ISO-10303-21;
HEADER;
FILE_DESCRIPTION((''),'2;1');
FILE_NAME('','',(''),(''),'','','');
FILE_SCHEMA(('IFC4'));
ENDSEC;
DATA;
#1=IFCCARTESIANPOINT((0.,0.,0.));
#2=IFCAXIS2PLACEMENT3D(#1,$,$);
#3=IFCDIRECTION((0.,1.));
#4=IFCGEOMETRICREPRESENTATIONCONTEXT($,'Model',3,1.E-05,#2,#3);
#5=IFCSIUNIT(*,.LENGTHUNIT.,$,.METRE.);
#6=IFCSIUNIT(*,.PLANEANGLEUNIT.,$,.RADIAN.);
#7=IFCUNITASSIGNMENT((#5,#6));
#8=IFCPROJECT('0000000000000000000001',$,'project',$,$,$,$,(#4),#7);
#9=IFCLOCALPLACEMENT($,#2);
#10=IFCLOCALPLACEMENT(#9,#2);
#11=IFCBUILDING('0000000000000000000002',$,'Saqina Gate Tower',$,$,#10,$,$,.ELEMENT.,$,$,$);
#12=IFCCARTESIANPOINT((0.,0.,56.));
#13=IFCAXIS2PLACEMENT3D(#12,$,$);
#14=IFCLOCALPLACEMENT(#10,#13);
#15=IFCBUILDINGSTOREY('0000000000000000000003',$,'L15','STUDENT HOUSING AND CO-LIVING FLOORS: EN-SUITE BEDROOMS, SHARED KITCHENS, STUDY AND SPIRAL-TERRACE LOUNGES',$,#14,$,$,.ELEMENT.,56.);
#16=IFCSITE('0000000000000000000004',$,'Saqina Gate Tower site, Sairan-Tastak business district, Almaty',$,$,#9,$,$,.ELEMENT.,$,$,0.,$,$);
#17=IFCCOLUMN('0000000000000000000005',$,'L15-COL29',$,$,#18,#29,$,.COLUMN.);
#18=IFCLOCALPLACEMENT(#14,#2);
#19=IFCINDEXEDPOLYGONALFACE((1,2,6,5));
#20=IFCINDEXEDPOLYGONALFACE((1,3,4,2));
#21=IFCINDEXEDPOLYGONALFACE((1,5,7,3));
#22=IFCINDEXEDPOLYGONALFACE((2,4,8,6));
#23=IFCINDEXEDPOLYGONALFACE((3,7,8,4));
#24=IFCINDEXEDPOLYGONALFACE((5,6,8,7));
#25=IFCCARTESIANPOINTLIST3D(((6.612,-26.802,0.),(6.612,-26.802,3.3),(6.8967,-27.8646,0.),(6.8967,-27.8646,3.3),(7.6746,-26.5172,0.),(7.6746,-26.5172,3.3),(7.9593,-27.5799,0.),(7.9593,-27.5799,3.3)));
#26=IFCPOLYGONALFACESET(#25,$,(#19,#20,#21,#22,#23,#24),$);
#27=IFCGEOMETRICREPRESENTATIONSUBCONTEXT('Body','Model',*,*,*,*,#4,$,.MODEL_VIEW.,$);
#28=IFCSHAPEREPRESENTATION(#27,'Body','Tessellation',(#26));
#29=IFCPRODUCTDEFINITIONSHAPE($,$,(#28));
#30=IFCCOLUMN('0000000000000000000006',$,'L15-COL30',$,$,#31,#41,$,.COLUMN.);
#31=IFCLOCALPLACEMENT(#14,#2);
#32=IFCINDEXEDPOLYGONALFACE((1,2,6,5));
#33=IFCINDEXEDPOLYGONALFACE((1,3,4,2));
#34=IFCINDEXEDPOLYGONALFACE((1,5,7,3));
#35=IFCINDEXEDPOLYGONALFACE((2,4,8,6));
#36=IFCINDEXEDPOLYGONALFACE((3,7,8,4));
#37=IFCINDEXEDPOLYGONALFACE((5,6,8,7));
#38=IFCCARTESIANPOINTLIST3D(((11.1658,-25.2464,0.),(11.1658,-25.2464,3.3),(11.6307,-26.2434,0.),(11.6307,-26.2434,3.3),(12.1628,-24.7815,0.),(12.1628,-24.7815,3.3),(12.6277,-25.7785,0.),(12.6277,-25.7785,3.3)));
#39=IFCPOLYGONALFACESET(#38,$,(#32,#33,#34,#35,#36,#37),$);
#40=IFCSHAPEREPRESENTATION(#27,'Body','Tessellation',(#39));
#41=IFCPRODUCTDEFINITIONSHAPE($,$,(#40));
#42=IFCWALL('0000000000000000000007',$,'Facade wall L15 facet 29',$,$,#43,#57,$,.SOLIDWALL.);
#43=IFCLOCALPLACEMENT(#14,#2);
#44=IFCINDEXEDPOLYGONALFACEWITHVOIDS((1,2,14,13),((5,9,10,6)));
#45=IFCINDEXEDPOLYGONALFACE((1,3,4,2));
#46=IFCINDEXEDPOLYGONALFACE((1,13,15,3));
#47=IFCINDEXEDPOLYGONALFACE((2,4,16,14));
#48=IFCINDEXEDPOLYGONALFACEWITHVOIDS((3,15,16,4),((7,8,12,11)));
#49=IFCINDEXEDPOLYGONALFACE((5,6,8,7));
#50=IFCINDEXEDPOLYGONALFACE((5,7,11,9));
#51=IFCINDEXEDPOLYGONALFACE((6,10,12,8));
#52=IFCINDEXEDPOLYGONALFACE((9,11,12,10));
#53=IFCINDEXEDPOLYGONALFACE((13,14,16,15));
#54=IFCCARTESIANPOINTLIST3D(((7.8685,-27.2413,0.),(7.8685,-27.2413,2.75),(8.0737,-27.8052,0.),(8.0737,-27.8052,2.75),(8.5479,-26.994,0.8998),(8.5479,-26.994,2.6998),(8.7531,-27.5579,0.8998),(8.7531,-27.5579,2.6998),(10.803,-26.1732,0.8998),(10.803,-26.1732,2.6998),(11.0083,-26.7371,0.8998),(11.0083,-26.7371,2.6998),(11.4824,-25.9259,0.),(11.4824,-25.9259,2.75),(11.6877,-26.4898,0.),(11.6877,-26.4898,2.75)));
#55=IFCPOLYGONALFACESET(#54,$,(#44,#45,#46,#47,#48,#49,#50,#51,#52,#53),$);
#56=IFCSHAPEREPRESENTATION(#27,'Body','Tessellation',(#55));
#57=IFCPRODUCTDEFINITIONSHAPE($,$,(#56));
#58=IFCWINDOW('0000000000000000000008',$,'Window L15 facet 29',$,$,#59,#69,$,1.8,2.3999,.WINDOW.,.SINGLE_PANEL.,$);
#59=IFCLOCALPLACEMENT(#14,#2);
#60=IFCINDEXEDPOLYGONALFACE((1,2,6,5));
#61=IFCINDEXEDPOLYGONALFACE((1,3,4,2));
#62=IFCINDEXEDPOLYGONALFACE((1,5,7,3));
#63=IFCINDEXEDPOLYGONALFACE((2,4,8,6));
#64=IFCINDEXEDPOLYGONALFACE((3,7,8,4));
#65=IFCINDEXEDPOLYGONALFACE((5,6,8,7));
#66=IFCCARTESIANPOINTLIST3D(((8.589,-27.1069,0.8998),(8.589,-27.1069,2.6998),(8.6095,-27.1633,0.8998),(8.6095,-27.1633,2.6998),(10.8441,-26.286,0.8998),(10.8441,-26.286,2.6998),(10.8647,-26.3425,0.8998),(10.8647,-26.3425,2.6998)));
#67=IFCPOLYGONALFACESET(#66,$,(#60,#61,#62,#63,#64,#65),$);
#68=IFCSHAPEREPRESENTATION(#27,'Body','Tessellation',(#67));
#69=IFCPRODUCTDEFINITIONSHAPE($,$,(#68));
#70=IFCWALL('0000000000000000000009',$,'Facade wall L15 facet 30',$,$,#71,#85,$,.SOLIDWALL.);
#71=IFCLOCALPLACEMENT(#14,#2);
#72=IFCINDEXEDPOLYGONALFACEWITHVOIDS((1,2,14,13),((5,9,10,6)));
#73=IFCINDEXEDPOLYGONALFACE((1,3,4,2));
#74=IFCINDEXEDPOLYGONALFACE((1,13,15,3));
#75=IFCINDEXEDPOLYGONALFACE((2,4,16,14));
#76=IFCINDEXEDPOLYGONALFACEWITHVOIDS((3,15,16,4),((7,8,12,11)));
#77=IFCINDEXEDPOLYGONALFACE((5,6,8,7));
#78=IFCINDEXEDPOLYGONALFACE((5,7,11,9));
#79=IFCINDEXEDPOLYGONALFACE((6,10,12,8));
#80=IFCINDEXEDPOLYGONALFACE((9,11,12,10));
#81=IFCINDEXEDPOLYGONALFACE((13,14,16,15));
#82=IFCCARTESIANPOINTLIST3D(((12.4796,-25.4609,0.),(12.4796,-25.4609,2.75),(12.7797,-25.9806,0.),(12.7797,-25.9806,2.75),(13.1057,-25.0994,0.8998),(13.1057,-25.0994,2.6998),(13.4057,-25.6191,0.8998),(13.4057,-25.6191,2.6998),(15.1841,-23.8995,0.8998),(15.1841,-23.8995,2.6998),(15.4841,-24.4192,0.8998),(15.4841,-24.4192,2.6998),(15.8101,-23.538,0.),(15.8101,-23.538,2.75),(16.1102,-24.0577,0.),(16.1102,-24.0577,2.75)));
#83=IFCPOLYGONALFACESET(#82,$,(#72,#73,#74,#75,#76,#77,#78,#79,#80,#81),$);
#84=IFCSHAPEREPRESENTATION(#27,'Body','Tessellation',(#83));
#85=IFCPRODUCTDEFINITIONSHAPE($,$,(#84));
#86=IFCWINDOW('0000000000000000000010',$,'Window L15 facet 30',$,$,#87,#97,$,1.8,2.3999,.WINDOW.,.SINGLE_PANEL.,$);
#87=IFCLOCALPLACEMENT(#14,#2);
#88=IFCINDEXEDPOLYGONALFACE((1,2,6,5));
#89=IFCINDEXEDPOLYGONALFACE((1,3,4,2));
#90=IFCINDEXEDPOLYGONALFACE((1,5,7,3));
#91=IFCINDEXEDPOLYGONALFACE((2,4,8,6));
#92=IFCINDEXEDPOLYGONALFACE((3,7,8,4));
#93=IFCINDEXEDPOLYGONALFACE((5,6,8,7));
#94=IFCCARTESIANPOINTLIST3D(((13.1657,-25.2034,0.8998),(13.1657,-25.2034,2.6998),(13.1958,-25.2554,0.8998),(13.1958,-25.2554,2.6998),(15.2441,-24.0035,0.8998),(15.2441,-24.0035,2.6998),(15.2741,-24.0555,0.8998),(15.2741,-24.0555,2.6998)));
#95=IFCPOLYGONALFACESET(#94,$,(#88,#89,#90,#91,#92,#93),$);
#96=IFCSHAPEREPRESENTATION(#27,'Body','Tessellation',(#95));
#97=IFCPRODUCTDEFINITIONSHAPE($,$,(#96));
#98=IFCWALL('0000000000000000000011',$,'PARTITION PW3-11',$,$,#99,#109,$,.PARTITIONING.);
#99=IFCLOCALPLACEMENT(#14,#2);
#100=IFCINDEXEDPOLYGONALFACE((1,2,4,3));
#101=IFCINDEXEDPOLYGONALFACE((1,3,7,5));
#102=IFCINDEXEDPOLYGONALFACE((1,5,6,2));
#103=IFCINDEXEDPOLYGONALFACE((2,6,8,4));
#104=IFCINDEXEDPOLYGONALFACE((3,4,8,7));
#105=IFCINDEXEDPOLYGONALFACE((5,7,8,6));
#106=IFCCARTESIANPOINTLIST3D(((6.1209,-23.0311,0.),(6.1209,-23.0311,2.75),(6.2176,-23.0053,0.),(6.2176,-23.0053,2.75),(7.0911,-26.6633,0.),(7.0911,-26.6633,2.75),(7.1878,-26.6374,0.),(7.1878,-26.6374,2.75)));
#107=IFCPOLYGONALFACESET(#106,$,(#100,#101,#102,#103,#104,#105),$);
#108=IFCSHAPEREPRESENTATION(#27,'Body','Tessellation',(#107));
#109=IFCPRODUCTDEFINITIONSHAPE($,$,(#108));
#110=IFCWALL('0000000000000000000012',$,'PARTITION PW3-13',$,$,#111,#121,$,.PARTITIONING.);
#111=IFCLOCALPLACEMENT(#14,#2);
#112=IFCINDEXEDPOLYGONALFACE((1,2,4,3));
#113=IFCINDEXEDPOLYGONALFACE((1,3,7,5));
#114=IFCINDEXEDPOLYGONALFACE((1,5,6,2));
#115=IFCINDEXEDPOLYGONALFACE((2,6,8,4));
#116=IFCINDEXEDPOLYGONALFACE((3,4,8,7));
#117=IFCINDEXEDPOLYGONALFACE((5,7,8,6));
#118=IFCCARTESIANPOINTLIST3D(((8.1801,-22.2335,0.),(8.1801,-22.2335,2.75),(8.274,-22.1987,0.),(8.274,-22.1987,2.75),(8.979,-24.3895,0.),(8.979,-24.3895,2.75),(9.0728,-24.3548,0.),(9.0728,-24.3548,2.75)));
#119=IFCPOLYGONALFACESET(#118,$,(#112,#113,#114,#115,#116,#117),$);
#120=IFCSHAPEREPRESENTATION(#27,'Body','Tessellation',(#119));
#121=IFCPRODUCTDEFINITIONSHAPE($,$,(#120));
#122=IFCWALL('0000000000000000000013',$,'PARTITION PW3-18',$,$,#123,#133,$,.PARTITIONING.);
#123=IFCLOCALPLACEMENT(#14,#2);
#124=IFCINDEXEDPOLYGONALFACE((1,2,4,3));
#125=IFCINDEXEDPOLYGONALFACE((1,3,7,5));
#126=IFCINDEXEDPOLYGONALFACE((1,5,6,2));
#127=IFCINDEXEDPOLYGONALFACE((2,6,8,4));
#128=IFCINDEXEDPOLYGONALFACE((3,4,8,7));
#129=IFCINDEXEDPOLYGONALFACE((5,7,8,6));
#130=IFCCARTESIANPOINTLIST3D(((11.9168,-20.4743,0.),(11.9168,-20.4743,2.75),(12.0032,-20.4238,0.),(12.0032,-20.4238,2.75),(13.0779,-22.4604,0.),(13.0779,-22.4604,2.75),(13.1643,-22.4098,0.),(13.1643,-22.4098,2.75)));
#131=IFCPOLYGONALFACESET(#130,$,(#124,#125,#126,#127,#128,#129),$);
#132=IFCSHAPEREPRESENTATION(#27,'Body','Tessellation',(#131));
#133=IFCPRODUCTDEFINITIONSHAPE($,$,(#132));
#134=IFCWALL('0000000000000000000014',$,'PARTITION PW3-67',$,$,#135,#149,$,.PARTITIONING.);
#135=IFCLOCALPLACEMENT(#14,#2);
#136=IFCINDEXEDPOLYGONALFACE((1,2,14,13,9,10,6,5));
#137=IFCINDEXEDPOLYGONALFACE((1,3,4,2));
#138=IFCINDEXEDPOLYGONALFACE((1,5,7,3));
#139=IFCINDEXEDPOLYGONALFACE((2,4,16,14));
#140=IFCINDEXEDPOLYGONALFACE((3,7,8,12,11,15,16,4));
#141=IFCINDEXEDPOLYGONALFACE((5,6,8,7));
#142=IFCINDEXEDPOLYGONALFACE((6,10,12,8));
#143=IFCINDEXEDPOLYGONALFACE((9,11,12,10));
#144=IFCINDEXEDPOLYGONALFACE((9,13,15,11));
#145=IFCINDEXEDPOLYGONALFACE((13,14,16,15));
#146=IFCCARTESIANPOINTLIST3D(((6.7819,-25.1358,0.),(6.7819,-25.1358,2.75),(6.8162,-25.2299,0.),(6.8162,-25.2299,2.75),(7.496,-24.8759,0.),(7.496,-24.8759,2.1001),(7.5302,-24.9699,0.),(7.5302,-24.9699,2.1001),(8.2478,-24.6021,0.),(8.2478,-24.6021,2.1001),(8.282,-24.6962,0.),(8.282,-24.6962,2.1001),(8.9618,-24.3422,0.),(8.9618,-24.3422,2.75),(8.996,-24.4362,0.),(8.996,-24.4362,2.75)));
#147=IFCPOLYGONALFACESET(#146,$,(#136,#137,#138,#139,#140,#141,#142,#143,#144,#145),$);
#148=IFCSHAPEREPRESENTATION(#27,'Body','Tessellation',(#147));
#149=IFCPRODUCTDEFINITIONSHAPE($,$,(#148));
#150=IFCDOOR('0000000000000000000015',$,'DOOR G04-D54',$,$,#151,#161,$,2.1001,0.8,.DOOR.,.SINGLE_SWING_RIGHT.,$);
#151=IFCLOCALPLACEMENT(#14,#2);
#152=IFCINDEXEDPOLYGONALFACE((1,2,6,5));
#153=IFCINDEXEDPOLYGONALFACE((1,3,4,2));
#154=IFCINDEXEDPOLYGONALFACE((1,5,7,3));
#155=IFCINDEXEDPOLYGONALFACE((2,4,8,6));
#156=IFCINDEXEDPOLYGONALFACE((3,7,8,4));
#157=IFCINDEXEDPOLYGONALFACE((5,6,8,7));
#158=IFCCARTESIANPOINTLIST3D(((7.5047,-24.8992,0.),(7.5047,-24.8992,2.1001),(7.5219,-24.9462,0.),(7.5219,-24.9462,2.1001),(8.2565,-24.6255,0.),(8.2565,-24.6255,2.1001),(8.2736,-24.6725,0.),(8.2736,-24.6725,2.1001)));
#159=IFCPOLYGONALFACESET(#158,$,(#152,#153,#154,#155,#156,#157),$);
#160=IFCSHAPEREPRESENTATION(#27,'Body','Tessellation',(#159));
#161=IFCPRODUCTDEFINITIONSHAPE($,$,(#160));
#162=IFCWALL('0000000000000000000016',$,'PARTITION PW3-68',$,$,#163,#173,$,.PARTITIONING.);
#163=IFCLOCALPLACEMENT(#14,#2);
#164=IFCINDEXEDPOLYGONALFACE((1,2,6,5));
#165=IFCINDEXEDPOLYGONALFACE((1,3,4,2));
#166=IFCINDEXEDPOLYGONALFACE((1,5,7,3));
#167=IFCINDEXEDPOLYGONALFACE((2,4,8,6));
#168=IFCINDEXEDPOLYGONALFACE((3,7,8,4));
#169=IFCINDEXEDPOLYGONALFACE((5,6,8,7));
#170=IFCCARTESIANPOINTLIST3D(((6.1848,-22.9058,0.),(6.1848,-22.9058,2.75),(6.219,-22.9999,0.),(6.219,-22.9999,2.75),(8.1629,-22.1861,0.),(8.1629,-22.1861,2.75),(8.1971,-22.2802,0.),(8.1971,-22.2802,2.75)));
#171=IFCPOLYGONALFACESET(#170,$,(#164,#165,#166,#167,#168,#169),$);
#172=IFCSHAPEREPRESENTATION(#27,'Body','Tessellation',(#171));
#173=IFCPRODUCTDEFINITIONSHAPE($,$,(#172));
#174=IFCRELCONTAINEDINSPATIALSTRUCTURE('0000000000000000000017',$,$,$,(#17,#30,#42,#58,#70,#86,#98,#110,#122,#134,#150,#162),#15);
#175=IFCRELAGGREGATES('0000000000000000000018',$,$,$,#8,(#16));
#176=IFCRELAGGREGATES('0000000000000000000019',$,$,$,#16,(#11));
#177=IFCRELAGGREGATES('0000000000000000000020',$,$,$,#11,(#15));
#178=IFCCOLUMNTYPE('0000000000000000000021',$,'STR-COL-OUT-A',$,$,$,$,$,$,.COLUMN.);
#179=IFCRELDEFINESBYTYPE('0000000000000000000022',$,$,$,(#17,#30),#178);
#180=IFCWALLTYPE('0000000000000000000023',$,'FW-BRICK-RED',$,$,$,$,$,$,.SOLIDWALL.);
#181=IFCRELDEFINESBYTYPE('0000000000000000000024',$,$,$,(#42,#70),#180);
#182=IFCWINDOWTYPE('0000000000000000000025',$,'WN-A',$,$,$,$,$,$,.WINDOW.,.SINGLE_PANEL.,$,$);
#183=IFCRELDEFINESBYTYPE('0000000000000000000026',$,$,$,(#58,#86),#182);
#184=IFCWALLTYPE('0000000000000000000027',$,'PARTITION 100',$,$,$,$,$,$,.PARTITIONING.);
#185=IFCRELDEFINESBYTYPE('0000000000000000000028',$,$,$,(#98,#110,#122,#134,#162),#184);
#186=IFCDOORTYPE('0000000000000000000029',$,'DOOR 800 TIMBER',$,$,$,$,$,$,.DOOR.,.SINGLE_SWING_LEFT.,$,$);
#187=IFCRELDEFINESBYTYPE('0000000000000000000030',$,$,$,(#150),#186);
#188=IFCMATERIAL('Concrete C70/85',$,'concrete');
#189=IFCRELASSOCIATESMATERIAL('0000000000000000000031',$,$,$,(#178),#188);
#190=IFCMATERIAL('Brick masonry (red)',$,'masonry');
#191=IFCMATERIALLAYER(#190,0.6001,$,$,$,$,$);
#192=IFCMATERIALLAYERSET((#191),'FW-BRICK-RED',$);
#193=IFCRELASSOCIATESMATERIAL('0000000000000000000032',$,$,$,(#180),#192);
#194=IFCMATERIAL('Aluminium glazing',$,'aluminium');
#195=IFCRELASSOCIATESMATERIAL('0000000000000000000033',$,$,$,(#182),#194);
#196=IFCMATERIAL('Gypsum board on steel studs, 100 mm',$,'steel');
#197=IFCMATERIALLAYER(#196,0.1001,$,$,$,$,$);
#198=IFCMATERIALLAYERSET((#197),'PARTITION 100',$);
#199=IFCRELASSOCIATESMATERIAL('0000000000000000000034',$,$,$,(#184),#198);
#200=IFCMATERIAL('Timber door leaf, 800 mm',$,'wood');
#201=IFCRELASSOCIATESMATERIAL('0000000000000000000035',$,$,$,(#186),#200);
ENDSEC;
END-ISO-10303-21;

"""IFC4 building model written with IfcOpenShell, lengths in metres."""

from ifc_helpers import new_model, si_unit, direction, frame, frame_2d, origin, origin_2d, place, context, subcontext, project, spatial, rectangle, extrude, material, layer, layer_set, material_profile, profile_set, type_object, element, fill, save


model = new_model("IFC4")

# Units and contexts
model_context = context("Model", 3, precision=1e-05, world=origin(), true_north=direction((0.0, 1.0)))
body_context = subcontext(model_context, "Body", "Model", "MODEL_VIEW")
ifc_project = project(units=[si_unit("LENGTHUNIT", "METRE"), si_unit("PLANEANGLEUNIT", "RADIAN")], contexts=[model_context])

# Site, building, storey
site_placement = place(None, origin())
site = spatial("IfcSite", under=ifc_project, at=site_placement, Name="Saqina Gate Tower site, Sairan-Tastak business district, Almaty", CompositionType="ELEMENT", RefElevation=0.0)
building_placement = place(site_placement, origin())
building = spatial("IfcBuilding", under=site, at=building_placement, Name="Saqina Gate Tower", CompositionType="ELEMENT")
storey_placement = place(building_placement, frame((0.0, 0.0, 56.0)))
storey = spatial("IfcBuildingStorey", under=building, at=storey_placement, Name="L15", Description="STUDENT HOUSING AND CO-LIVING FLOORS: EN-SUITE BEDROOMS, SHARED KITCHENS, STUDY AND SPIRAL-TERRACE LOUNGES", CompositionType="ELEMENT", Elevation=56.0)

# Columns
ifc_material_1 = material(Name="Concrete C70/85", Category="concrete")
ifc_material_profile = material_profile(ifc_material_1, rectangle(XDim=1.1001, YDim=1.1001, at=origin_2d()), Name="RC 1100x1100")
ifc_profile_set = profile_set([ifc_material_profile], Name="Concrete C70/85")
column_type = type_object("IfcColumnType", Name="STR-COL-OUT-A", PredefinedType="COLUMN", material=ifc_profile_set)
for number, where, z_axis, x_axis, name in (
    (1, (7.2856, -27.1909, 0.0), (0.0, 0.0, 1.0), (0.258819, -0.965926, 0.0), "L15-COL29"),
    (2, (11.8967, -25.5125, 0.0), (0.0, 0.0, 1.0), (0.422618, -0.906308, 0.0), "L15-COL30"),
):
    element("IfcColumn", number, at=place(storey_placement, frame(where, z_axis=z_axis, x_axis=x_axis)), inside=storey, type_object=column_type, Name=name, PredefinedType="COLUMN", context=body_context, shape_type="SweptSolid", body=[
        extrude(rectangle(XDim=1.1001, YDim=1.1001, at=origin_2d()), origin(), (0.0, 0.0, 1.0), 3.3),
    ])

# Walls, openings, windows
ifc_material_2 = material(Name="Brick masonry (red)", Category="masonry")
ifc_layer_1 = layer(ifc_material_2, 0.6001)
ifc_layer_set_1 = layer_set([ifc_layer_1], Name="FW-BRICK-RED")
wall_type_1 = type_object("IfcWallType", Name="FW-BRICK-RED", PredefinedType="SOLIDWALL", material=ifc_layer_set_1)
wall_1_placement = place(storey_placement, frame((7.9712, -27.5232, 0.0), z_axis=(0.0, 0.0, 1.0), x_axis=(0.93969, 0.342028, 0.0)))
wall_1 = element("IfcWall", 3, at=wall_1_placement, inside=storey, type_object=wall_type_1, Name="Facade wall L15 facet 29", PredefinedType="SOLIDWALL", context=body_context, shape_type="SweptSolid", body=[
    extrude(rectangle(XDim=3.8459, YDim=0.6001, at=frame_2d((1.9229, 0.0))), origin(), (0.0, 0.0, 1.0), 2.75),
])
opening_1_placement = place(wall_1_placement, frame((0.7229, 0.0, 0.8999)))
opening_1 = element("IfcOpeningElement", 4, at=opening_1_placement, cuts=wall_1, PredefinedType="OPENING", context=body_context, shape_type="SweptSolid", body=[
    extrude(rectangle(XDim=2.3999, YDim=1.8, at=frame_2d((1.2, 0.8999))), frame((0.0, 0.312, 0.0), z_axis=(0.0, -1.0, 0.0), x_axis=(1.0, 0.0, 0.0)), (0.0, 0.0, 1.0), 0.624),
])
ifc_material_3 = material(Name="Aluminium glazing", Category="aluminium")
window_type = type_object("IfcWindowType", Name="WN-A", PartitioningType="SINGLE_PANEL", PredefinedType="WINDOW", material=ifc_material_3)
window_1_placement = place(opening_1_placement, origin())
window_1 = element("IfcWindow", 5, at=window_1_placement, inside=storey, type_object=window_type, Name="Window L15 facet 29", OverallHeight=1.8, OverallWidth=2.3999, PartitioningType="SINGLE_PANEL", PredefinedType="WINDOW", context=body_context, shape_type="SweptSolid", body=[
    extrude(rectangle(XDim=2.3999, YDim=1.8, at=frame_2d((1.2, 0.8999))), frame((0.0, 0.1799, 0.0), z_axis=(0.0, -1.0, 0.0), x_axis=(1.0, 0.0, 0.0)), (0.0, 0.0, 1.0), 0.0601),
])
fill(opening_1, window_1)
wall_2_placement = place(storey_placement, frame((12.6296, -25.7207, 0.0), z_axis=(0.0, 0.0, 1.0), x_axis=(0.866031, 0.49999, 0.0)))
wall_2 = element("IfcWall", 6, at=wall_2_placement, inside=storey, type_object=wall_type_1, Name="Facade wall L15 facet 30", PredefinedType="SOLIDWALL", context=body_context, shape_type="SweptSolid", body=[
    extrude(rectangle(XDim=3.8457, YDim=0.6001, at=frame_2d((1.9229, 0.0))), origin(), (0.0, 0.0, 1.0), 2.75),
])
opening_2_placement = place(wall_2_placement, frame((0.7229, 0.0, 0.8999)))
opening_2 = element("IfcOpeningElement", 7, at=opening_2_placement, cuts=wall_2, PredefinedType="OPENING", context=body_context, shape_type="SweptSolid", body=[
    extrude(rectangle(XDim=2.3999, YDim=1.8, at=frame_2d((1.2, 0.8999))), frame((0.0, 0.312, 0.0), z_axis=(0.0, -1.0, 0.0), x_axis=(1.0, 0.0, 0.0)), (0.0, 0.0, 1.0), 0.624),
])
window_2_placement = place(opening_2_placement, origin())
window_2 = element("IfcWindow", 8, at=window_2_placement, inside=storey, type_object=window_type, Name="Window L15 facet 30", OverallHeight=1.8, OverallWidth=2.3999, PartitioningType="SINGLE_PANEL", PredefinedType="WINDOW", context=body_context, shape_type="SweptSolid", body=[
    extrude(rectangle(XDim=2.3999, YDim=1.8, at=frame_2d((1.2, 0.8999))), frame((0.0, 0.1799, 0.0), z_axis=(0.0, -1.0, 0.0), x_axis=(1.0, 0.0, 0.0)), (0.0, 0.0, 1.0), 0.0601),
])
fill(opening_2, window_2)

# Walls
ifc_material_4 = material(Name="Gypsum board on steel studs, 100 mm", Category="steel")
ifc_layer_2 = layer(ifc_material_4, 0.1001)
ifc_layer_set_2 = layer_set([ifc_layer_2], Name="PARTITION 100")
wall_type_2 = type_object("IfcWallType", Name="PARTITION 100", PredefinedType="PARTITIONING", material=ifc_layer_set_2)
wall_3_placement = place(storey_placement, frame((6.1692, -23.0181, 0.0), z_axis=(0.0, 0.0, 1.0), x_axis=(0.258075, -0.966125, 0.0)))
element("IfcWall", 9, at=wall_3_placement, inside=storey, type_object=wall_type_2, Name="PARTITION PW3-11", PredefinedType="PARTITIONING", context=body_context, shape_type="SweptSolid", body=[
    extrude(rectangle(XDim=3.7595, YDim=0.1001, at=frame_2d((1.8799, 0.0))), origin(), (0.0, 0.0, 1.0), 2.75),
])
wall_4_placement = place(storey_placement, frame((8.2271, -22.2161, 0.0), z_axis=(0.0, 0.0, 1.0), x_axis=(0.347432, -0.937705, 0.0)))
element("IfcWall", 10, at=wall_4_placement, inside=storey, type_object=wall_type_2, Name="PARTITION PW3-13", PredefinedType="PARTITIONING", context=body_context, shape_type="SweptSolid", body=[
    extrude(rectangle(XDim=2.2993, YDim=0.1001, at=frame_2d((1.1497, 0.0))), origin(), (0.0, 0.0, 1.0), 2.75),
])
wall_5_placement = place(storey_placement, frame((11.96, -20.449, 0.0), z_axis=(0.0, 0.0, 1.0), x_axis=(0.504709, -0.86329, 0.0)))
element("IfcWall", 11, at=wall_5_placement, inside=storey, type_object=wall_type_2, Name="PARTITION PW3-18", PredefinedType="PARTITIONING", context=body_context, shape_type="SweptSolid", body=[
    extrude(rectangle(XDim=2.3005, YDim=0.1001, at=frame_2d((1.1504, 0.0))), origin(), (0.0, 0.0, 1.0), 2.75),
])

# Wall, opening, door
wall_6_placement = place(storey_placement, frame((6.7991, -25.1829, 0.0), z_axis=(0.0, 0.0, 1.0), x_axis=(0.939655, 0.342123, 0.0)))
wall_6 = element("IfcWall", 12, at=wall_6_placement, inside=storey, type_object=wall_type_2, Name="PARTITION PW3-67", PredefinedType="PARTITIONING", context=body_context, shape_type="SweptSolid", body=[
    extrude(rectangle(XDim=2.3198, YDim=0.1001, at=frame_2d((1.1599, 0.0))), origin(), (0.0, 0.0, 1.0), 2.75),
])
opening_3_placement = place(wall_6_placement, frame((0.76, 0.0, 0.0)))
opening_3 = element("IfcOpeningElement", 13, at=opening_3_placement, cuts=wall_6, PredefinedType="OPENING", context=body_context, shape_type="SweptSolid", body=[
    extrude(rectangle(XDim=0.8, YDim=2.1001, at=frame_2d((0.3999, 1.05))), frame((0.0, 0.062, 0.0), z_axis=(0.0, -1.0, 0.0), x_axis=(1.0, 0.0, 0.0)), (0.0, 0.0, 1.0), 0.124),
])
ifc_material_5 = material(Name="Timber door leaf, 800 mm", Category="wood")
door_type_1 = type_object("IfcDoorType", Name="DOOR 800 TIMBER", OperationType="SINGLE_SWING_LEFT", PredefinedType="DOOR", material=ifc_material_5)
door_1_placement = place(opening_3_placement, frame((0.8, 0.0, 0.0), z_axis=(0.0, 0.0, 1.0), x_axis=(-1.0, 0.0, 0.0)))
door_1 = element("IfcDoor", 14, at=door_1_placement, inside=storey, type_object=door_type_1, Name="DOOR G04-D54", OperationType="SINGLE_SWING_RIGHT", OverallHeight=2.1001, OverallWidth=0.8, PredefinedType="DOOR", context=body_context, shape_type="SweptSolid", body=[
    extrude(rectangle(XDim=0.8, YDim=2.1001, at=frame_2d((0.3999, 1.05))), frame((0.0, 0.0249, 0.0), z_axis=(0.0, -1.0, 0.0), x_axis=(1.0, 0.0, 0.0)), (0.0, 0.0, 1.0), 0.05),
])
fill(opening_3, door_1)

# Wall
wall_7_placement = place(storey_placement, frame((6.2019, -22.9529, 0.0), z_axis=(0.0, 0.0, 1.0), x_axis=(0.939726, 0.341929, 0.0)))
element("IfcWall", 15, at=wall_7_placement, inside=storey, type_object=wall_type_2, Name="PARTITION PW3-68", PredefinedType="PARTITIONING", context=body_context, shape_type="SweptSolid", body=[
    extrude(rectangle(XDim=2.105, YDim=0.1001, at=frame_2d((1.0525, 0.0))), origin(), (0.0, 0.0, 1.0), 2.75),
])

save(model, "model.ifc")
